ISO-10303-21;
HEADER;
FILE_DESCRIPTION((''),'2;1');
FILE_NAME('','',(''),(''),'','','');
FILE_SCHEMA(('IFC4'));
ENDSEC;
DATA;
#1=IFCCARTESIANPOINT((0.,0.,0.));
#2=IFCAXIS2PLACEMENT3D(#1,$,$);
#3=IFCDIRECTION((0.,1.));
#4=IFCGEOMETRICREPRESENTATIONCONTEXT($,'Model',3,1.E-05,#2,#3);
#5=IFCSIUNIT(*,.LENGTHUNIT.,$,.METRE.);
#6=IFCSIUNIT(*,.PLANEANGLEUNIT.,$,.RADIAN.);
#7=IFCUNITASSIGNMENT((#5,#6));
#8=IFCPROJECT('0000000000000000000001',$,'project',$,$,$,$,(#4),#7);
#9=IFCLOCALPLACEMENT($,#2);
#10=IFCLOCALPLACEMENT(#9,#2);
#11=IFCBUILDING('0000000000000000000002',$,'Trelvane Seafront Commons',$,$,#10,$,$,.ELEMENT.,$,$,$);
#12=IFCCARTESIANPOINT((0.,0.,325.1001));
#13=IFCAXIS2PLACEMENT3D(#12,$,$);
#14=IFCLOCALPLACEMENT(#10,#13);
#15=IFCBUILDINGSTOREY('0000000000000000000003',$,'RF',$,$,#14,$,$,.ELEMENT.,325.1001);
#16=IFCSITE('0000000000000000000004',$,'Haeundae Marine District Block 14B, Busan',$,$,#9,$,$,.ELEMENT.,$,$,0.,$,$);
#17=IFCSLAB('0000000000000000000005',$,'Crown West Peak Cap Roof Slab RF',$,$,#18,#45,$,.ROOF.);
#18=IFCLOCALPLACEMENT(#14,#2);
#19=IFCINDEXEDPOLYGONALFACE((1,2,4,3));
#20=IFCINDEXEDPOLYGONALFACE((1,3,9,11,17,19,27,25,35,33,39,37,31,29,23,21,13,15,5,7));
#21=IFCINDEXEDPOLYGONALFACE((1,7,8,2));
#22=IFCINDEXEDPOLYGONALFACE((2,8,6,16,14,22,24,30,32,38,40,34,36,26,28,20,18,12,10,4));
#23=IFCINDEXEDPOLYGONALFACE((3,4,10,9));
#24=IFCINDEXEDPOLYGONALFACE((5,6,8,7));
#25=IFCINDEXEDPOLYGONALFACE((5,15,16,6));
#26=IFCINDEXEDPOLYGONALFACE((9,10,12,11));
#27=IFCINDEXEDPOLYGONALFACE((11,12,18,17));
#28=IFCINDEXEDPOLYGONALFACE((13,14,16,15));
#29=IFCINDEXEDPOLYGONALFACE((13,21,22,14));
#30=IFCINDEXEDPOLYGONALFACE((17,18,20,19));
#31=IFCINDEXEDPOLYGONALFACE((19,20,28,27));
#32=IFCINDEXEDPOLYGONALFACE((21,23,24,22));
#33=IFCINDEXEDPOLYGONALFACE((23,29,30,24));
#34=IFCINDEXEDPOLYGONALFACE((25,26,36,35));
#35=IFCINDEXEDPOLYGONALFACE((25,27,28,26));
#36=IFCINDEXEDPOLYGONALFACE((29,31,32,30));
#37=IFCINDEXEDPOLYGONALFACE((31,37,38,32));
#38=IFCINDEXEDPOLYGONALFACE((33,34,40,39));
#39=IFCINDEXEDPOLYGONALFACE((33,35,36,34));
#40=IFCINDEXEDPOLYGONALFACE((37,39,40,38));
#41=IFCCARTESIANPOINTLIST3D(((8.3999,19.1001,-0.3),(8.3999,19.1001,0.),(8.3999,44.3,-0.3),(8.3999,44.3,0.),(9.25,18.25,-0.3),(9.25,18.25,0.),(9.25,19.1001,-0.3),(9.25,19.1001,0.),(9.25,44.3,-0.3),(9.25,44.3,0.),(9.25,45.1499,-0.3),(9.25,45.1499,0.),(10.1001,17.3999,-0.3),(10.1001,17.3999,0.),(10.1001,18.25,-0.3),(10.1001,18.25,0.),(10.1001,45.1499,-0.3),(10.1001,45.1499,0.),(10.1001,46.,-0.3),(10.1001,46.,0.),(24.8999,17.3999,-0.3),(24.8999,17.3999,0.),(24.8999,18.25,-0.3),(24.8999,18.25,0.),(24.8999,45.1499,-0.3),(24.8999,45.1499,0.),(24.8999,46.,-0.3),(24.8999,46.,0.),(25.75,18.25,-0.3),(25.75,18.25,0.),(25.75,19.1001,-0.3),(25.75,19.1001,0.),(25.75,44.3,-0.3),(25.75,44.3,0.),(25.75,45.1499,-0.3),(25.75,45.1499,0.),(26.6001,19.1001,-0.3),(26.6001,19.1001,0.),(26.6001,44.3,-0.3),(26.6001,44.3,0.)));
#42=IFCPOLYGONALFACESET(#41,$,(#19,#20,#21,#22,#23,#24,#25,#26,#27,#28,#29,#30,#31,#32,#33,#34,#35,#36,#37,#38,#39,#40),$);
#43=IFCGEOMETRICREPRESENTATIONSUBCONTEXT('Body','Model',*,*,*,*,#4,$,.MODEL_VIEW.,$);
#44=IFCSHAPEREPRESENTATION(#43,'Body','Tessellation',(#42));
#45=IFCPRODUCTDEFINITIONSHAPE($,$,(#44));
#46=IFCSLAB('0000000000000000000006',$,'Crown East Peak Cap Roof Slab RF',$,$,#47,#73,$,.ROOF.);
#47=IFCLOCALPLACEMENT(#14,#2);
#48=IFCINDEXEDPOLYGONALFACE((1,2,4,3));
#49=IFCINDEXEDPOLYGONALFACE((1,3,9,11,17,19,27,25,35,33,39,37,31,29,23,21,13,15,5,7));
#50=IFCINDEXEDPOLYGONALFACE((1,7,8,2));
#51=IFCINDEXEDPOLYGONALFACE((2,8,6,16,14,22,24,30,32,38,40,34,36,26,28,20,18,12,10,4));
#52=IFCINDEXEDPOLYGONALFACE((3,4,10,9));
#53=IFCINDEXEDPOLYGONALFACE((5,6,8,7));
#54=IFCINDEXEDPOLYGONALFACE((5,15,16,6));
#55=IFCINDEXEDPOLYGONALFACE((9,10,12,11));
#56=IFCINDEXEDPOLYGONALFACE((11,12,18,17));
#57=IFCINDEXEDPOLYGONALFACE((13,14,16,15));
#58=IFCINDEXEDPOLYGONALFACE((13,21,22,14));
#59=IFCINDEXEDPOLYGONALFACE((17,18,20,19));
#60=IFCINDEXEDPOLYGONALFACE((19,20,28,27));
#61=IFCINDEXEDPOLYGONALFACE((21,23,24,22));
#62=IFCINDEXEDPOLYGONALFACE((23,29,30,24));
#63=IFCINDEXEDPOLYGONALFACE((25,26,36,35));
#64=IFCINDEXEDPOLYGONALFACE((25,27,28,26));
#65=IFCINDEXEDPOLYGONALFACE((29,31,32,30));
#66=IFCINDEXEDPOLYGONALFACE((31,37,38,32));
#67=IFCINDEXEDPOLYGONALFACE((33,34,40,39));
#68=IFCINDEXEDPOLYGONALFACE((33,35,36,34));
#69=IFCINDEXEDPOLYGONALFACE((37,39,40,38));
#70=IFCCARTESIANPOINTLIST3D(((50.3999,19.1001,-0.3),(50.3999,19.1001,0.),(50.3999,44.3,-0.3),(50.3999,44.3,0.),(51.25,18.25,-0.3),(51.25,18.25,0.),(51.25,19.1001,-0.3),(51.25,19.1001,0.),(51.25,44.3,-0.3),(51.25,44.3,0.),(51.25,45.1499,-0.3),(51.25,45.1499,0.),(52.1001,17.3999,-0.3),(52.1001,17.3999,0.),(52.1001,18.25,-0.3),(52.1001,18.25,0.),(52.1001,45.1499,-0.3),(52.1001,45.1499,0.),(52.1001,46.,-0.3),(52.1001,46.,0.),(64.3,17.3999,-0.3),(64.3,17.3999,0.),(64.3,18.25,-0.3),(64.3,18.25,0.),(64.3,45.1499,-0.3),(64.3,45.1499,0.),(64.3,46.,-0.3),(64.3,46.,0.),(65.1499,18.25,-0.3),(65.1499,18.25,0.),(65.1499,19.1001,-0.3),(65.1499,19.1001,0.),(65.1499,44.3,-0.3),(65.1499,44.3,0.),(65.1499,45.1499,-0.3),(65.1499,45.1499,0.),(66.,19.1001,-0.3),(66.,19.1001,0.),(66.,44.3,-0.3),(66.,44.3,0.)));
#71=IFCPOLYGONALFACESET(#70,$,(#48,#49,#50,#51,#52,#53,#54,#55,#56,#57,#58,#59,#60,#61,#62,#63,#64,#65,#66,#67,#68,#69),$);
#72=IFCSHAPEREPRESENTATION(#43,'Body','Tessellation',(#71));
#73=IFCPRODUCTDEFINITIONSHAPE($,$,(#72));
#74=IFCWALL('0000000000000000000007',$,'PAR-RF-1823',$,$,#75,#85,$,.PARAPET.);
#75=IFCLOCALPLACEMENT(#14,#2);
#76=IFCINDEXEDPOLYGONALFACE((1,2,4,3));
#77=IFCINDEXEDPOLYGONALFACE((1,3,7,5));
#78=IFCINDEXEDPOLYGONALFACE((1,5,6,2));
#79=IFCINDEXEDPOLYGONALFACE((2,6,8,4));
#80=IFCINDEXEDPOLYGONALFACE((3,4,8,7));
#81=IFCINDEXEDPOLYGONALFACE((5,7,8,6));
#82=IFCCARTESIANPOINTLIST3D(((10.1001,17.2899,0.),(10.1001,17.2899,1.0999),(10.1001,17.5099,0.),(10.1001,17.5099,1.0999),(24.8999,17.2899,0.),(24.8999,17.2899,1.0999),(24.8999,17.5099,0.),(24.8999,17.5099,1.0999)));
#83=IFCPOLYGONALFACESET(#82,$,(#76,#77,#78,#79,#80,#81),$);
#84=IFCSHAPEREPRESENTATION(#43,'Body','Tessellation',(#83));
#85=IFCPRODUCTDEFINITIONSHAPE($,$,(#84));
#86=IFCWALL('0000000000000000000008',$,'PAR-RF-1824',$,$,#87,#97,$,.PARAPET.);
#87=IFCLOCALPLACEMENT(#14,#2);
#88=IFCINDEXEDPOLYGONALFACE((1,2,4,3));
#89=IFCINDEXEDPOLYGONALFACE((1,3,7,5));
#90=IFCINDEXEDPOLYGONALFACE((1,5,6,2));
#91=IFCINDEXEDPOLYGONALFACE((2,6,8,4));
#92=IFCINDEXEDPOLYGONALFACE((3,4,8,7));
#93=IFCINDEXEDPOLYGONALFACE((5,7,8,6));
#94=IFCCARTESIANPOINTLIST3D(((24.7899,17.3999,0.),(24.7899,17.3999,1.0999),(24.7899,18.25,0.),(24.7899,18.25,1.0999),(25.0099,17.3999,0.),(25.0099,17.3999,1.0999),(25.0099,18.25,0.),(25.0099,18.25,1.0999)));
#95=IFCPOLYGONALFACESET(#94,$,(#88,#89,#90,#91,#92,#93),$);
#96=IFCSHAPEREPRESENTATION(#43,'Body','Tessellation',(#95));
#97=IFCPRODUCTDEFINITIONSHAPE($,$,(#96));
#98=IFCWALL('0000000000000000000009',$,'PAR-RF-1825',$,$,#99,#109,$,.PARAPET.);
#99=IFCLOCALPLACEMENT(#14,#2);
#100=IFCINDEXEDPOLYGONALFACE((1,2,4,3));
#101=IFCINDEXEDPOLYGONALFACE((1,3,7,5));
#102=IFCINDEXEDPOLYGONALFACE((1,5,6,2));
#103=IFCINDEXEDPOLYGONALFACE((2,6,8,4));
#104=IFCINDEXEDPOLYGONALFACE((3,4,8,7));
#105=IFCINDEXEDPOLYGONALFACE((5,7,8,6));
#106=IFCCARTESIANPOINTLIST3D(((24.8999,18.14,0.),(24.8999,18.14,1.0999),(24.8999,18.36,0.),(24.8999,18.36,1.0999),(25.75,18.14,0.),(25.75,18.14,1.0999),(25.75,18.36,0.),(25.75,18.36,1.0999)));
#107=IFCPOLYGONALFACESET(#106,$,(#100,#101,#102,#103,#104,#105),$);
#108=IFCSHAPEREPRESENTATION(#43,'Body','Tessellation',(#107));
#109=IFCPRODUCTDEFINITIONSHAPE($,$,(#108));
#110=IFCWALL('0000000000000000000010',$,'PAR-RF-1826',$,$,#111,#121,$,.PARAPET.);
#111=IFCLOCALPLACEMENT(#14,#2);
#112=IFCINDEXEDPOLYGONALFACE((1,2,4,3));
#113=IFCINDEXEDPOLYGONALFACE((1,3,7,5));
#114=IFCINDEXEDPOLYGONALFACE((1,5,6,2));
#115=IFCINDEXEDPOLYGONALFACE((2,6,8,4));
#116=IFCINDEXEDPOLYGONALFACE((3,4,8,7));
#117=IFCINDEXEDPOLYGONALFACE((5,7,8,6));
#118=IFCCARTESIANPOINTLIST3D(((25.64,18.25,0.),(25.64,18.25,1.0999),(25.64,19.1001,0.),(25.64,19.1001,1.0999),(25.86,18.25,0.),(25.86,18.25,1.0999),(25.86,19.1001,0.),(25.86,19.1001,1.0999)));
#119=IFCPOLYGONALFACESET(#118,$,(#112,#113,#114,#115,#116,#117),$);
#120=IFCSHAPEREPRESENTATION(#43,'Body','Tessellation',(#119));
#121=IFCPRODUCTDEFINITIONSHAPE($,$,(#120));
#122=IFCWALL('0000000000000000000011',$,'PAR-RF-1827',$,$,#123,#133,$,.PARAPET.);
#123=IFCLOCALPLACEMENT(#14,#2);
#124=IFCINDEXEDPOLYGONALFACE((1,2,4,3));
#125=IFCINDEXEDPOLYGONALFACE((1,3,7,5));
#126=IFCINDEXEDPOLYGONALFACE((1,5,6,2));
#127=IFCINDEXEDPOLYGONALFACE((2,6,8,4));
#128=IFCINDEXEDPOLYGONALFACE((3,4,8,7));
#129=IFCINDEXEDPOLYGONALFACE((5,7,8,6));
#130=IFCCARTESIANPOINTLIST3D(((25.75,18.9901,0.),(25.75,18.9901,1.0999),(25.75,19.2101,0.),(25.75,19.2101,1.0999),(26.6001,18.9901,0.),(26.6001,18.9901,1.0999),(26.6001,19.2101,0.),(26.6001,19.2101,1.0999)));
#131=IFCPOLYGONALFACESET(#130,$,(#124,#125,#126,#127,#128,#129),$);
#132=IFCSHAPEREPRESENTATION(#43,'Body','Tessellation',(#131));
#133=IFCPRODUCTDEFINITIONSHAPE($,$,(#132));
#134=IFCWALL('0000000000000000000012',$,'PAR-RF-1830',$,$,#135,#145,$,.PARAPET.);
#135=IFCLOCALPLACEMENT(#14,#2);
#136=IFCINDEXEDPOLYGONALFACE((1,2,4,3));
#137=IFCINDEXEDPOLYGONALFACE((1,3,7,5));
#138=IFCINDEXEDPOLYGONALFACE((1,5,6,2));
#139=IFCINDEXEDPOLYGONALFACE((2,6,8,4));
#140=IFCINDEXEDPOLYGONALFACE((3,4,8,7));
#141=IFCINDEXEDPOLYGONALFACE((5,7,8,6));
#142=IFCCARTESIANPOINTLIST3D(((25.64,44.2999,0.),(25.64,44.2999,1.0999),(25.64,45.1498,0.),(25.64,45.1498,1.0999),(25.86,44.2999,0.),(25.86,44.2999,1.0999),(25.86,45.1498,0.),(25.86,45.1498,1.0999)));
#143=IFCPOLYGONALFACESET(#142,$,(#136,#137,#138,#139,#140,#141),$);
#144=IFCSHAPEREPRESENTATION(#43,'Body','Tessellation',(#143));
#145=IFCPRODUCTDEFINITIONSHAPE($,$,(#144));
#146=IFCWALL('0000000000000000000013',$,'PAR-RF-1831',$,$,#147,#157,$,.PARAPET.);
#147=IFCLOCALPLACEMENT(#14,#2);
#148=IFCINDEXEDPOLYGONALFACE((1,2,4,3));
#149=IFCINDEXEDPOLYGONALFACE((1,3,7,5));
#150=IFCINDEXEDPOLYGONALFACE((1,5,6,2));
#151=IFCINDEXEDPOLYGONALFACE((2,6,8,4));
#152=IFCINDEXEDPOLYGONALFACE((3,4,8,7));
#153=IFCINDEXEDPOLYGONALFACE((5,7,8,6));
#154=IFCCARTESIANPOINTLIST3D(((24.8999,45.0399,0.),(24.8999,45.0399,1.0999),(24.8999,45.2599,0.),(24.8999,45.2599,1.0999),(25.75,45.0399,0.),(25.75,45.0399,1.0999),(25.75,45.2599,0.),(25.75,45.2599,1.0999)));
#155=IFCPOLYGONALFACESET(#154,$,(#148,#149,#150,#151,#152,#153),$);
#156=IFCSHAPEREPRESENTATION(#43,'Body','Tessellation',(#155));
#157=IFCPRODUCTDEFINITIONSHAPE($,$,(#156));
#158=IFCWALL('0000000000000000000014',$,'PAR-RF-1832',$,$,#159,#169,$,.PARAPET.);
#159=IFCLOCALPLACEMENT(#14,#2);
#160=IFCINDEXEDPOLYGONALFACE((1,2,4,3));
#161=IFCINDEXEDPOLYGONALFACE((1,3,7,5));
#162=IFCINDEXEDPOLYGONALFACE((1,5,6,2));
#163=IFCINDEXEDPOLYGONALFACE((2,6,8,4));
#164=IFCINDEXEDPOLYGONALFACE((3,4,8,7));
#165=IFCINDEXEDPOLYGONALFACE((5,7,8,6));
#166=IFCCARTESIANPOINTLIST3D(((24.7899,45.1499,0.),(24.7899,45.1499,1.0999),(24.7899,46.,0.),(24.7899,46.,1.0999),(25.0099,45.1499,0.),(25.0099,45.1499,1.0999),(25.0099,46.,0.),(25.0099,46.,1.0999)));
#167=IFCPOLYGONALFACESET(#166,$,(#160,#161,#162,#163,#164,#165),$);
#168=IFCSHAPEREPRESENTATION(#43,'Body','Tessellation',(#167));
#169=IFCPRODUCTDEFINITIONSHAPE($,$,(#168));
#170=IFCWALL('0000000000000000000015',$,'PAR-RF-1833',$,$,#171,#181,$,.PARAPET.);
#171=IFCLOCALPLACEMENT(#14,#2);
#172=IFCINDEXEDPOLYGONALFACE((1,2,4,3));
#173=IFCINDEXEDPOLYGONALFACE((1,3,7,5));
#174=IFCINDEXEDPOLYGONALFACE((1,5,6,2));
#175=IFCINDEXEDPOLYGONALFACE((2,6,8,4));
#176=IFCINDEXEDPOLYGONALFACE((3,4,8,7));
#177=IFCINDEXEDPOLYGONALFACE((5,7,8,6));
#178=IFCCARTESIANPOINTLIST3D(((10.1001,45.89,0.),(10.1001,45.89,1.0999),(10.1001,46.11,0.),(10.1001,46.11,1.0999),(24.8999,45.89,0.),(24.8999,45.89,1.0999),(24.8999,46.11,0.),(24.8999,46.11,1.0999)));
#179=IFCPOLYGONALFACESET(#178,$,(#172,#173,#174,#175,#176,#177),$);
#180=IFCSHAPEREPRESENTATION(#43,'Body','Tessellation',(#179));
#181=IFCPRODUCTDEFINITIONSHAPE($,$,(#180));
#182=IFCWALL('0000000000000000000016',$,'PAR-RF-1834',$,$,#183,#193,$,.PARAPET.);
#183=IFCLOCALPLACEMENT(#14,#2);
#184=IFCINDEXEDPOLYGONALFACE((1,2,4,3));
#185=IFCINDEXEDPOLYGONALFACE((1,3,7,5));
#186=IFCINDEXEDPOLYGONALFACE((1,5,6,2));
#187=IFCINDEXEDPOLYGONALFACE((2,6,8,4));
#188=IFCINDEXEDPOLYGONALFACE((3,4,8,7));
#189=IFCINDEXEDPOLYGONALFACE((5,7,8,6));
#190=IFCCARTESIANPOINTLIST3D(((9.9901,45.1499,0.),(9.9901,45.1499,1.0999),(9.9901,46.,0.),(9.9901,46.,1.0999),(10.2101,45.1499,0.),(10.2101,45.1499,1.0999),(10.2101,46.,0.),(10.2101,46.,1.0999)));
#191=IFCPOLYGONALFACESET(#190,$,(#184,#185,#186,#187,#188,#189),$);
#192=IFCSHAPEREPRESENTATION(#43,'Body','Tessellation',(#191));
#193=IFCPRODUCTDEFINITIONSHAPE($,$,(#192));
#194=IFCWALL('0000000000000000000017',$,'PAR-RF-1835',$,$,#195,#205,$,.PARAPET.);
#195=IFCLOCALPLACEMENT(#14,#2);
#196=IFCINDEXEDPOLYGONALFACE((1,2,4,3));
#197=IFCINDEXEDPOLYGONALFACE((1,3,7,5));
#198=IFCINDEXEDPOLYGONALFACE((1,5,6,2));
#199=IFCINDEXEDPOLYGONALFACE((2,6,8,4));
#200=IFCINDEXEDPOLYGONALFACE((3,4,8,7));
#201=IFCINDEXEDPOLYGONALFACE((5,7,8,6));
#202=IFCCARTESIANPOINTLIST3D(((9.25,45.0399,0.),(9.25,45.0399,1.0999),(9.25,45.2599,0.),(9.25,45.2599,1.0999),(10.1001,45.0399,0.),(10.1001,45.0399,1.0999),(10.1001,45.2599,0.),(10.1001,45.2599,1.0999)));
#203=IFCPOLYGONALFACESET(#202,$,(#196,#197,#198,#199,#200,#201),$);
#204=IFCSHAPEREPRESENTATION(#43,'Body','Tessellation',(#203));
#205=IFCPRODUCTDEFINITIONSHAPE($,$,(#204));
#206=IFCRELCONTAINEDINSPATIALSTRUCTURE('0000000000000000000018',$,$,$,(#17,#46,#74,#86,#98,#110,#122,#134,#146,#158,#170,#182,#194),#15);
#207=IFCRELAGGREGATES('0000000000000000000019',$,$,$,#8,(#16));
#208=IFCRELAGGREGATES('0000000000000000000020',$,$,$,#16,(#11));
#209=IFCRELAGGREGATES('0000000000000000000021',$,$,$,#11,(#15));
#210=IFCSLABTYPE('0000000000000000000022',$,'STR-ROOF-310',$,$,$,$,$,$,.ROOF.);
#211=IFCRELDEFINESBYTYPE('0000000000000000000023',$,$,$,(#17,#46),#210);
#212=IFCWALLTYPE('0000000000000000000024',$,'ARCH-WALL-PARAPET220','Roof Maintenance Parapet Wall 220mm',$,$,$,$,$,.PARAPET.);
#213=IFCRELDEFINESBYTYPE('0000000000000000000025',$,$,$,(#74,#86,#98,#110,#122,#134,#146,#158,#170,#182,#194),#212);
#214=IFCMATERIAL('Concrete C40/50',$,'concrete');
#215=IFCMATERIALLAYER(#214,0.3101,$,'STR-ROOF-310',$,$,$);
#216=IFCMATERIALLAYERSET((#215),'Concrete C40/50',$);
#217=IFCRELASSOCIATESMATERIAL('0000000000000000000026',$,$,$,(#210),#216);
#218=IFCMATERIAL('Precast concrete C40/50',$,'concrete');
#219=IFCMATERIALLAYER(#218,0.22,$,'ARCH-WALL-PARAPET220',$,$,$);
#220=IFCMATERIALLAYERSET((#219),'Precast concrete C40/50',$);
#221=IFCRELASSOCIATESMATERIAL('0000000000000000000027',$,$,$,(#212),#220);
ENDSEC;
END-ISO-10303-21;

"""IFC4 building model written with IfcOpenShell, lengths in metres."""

from ifc_helpers import new_model, si_unit, direction, frame, frame_2d, origin, place, context, subcontext, project, spatial, polyline, rectangle, outline, extrude, material, layer, layer_set, type_object, element, save


model = new_model("IFC4")

# Units and contexts
model_context = context("Model", 3, precision=1e-05, world=origin(), true_north=direction((0.0, 1.0)))
body_context = subcontext(model_context, "Body", "Model", "MODEL_VIEW")
ifc_project = project(units=[si_unit("LENGTHUNIT", "METRE"), si_unit("PLANEANGLEUNIT", "RADIAN")], contexts=[model_context])

# Site, building, storey
site_placement = place(None, origin())
site = spatial("IfcSite", under=ifc_project, at=site_placement, Name="Haeundae Marine District Block 14B, Busan", CompositionType="ELEMENT", RefElevation=0.0)
building_placement = place(site_placement, origin())
building = spatial("IfcBuilding", under=site, at=building_placement, Name="Trelvane Seafront Commons", CompositionType="ELEMENT")
storey_placement = place(building_placement, frame((0.0, 0.0, 325.1001)))
storey = spatial("IfcBuildingStorey", under=building, at=storey_placement, Name="RF", CompositionType="ELEMENT", Elevation=325.1001)

# Slabs
ifc_material_1 = material(Name="Concrete C40/50", Category="concrete")
ifc_layer_1 = layer(ifc_material_1, 0.3101, Name="STR-ROOF-310")
ifc_layer_set_1 = layer_set([ifc_layer_1], Name="Concrete C40/50")
slab_type = type_object("IfcSlabType", Name="STR-ROOF-310", PredefinedType="ROOF", material=ifc_layer_set_1)
slab_1_placement = place(storey_placement, frame((0.0, 0.0, -0.3)))
element("IfcSlab", 1, at=slab_1_placement, inside=storey, type_object=slab_type, Name="Crown West Peak Cap Roof Slab RF", PredefinedType="ROOF", context=body_context, shape_type="SweptSolid", body=[
    extrude(outline(polyline([(10.1001, 17.3999), (24.8999, 17.3999), (24.8999, 18.25), (25.75, 18.25), (25.75, 19.1001), (26.6001, 19.1001), (26.6001, 44.3), (25.75, 44.3), (25.75, 45.1499), (24.8999, 45.1499), (24.8999, 46.0), (10.1001, 46.0), (10.1001, 45.1499), (9.25, 45.1499), (9.25, 44.3), (8.3999, 44.3), (8.3999, 19.1001), (9.25, 19.1001), (9.25, 18.25), (10.1001, 18.25), (10.1001, 17.3999)])), origin(), (0.0, 0.0, 1.0), 0.3),
])
slab_2_placement = place(storey_placement, frame((0.0, 0.0, -0.3)))
element("IfcSlab", 2, at=slab_2_placement, inside=storey, type_object=slab_type, Name="Crown East Peak Cap Roof Slab RF", PredefinedType="ROOF", context=body_context, shape_type="SweptSolid", body=[
    extrude(outline(polyline([(52.1001, 17.3999), (64.3, 17.3999), (64.3, 18.25), (65.1499, 18.25), (65.1499, 19.1001), (66.0, 19.1001), (66.0, 44.3), (65.1499, 44.3), (65.1499, 45.1499), (64.3, 45.1499), (64.3, 46.0), (52.1001, 46.0), (52.1001, 45.1499), (51.25, 45.1499), (51.25, 44.3), (50.3999, 44.3), (50.3999, 19.1001), (51.25, 19.1001), (51.25, 18.25), (52.1001, 18.25), (52.1001, 17.3999)])), origin(), (0.0, 0.0, 1.0), 0.3),
])

# Walls
ifc_material_2 = material(Name="Precast concrete C40/50", Category="concrete")
ifc_layer_2 = layer(ifc_material_2, 0.22, Name="ARCH-WALL-PARAPET220")
ifc_layer_set_2 = layer_set([ifc_layer_2], Name="Precast concrete C40/50")
wall_type = type_object("IfcWallType", Name="ARCH-WALL-PARAPET220", Description="Roof Maintenance Parapet Wall 220mm", PredefinedType="PARAPET", material=ifc_layer_set_2)
wall_1_placement = place(storey_placement, frame((10.1001, 17.3999, 0.0), z_axis=(0.0, 0.0, 1.0), x_axis=(1.0, 0.0, 0.0)))
element("IfcWall", 3, at=wall_1_placement, inside=storey, type_object=wall_type, Name="PAR-RF-1823", PredefinedType="PARAPET", context=body_context, shape_type="SweptSolid", body=[
    extrude(rectangle(XDim=14.7998, YDim=0.22, at=frame_2d((7.3999, 0.0))), origin(), (0.0, 0.0, 1.0), 1.0999),
])
for number, where, z_axis, x_axis, name in (
    (4, (24.8999, 17.3999, 0.0), (0.0, 0.0, 1.0), (0.0, 1.0, 0.0), "PAR-RF-1824"),
    (5, (24.8999, 18.25, 0.0), (0.0, 0.0, 1.0), (1.0, 0.0, 0.0), "PAR-RF-1825"),
    (6, (25.75, 18.25, 0.0), (0.0, 0.0, 1.0), (0.0, 1.0, 0.0), "PAR-RF-1826"),
    (7, (25.75, 19.1001, 0.0), (0.0, 0.0, 1.0), (1.0, 0.0, 0.0), "PAR-RF-1827"),
):
    element("IfcWall", number, at=place(storey_placement, frame(where, z_axis=z_axis, x_axis=x_axis)), inside=storey, type_object=wall_type, Name=name, PredefinedType="PARAPET", context=body_context, shape_type="SweptSolid", body=[
        extrude(rectangle(XDim=0.8501, YDim=0.22, at=frame_2d((0.425, 0.0))), origin(), (0.0, 0.0, 1.0), 1.0999),
    ])
wall_2_placement = place(storey_placement, frame((25.75, 44.3, 0.0), z_axis=(0.0, 0.0, 1.0), x_axis=(0.0, 1.0, 0.0)))
element("IfcWall", 8, at=wall_2_placement, inside=storey, type_object=wall_type, Name="PAR-RF-1830", PredefinedType="PARAPET", context=body_context, shape_type="SweptSolid", body=[
    extrude(rectangle(XDim=0.8499, YDim=0.22, at=frame_2d((0.4248, 0.0))), origin(), (0.0, 0.0, 1.0), 1.0999),
])
for number, where, z_axis, x_axis, name in (
    (9, (25.75, 45.1499, 0.0), (0.0, 0.0, 1.0), (-1.0, 0.0, 0.0), "PAR-RF-1831"),
    (10, (24.8999, 45.1499, 0.0), (0.0, 0.0, 1.0), (0.0, 1.0, 0.0), "PAR-RF-1832"),
):
    element("IfcWall", number, at=place(storey_placement, frame(where, z_axis=z_axis, x_axis=x_axis)), inside=storey, type_object=wall_type, Name=name, PredefinedType="PARAPET", context=body_context, shape_type="SweptSolid", body=[
        extrude(rectangle(XDim=0.8501, YDim=0.22, at=frame_2d((0.425, 0.0))), origin(), (0.0, 0.0, 1.0), 1.0999),
    ])
wall_3_placement = place(storey_placement, frame((24.8999, 46.0, 0.0), z_axis=(0.0, 0.0, 1.0), x_axis=(-1.0, 0.0, 0.0)))
element("IfcWall", 11, at=wall_3_placement, inside=storey, type_object=wall_type, Name="PAR-RF-1833", PredefinedType="PARAPET", context=body_context, shape_type="SweptSolid", body=[
    extrude(rectangle(XDim=14.7998, YDim=0.22, at=frame_2d((7.3999, 0.0))), origin(), (0.0, 0.0, 1.0), 1.0999),
])
for number, where, z_axis, x_axis, name in (
    (12, (10.1001, 46.0, 0.0), (0.0, 0.0, 1.0), (0.0, -1.0, 0.0), "PAR-RF-1834"),
    (13, (10.1001, 45.1499, 0.0), (0.0, 0.0, 1.0), (-1.0, 0.0, 0.0), "PAR-RF-1835"),
):
    element("IfcWall", number, at=place(storey_placement, frame(where, z_axis=z_axis, x_axis=x_axis)), inside=storey, type_object=wall_type, Name=name, PredefinedType="PARAPET", context=body_context, shape_type="SweptSolid", body=[
        extrude(rectangle(XDim=0.8501, YDim=0.22, at=frame_2d((0.425, 0.0))), origin(), (0.0, 0.0, 1.0), 1.0999),
    ])

save(model, "model.ifc")
